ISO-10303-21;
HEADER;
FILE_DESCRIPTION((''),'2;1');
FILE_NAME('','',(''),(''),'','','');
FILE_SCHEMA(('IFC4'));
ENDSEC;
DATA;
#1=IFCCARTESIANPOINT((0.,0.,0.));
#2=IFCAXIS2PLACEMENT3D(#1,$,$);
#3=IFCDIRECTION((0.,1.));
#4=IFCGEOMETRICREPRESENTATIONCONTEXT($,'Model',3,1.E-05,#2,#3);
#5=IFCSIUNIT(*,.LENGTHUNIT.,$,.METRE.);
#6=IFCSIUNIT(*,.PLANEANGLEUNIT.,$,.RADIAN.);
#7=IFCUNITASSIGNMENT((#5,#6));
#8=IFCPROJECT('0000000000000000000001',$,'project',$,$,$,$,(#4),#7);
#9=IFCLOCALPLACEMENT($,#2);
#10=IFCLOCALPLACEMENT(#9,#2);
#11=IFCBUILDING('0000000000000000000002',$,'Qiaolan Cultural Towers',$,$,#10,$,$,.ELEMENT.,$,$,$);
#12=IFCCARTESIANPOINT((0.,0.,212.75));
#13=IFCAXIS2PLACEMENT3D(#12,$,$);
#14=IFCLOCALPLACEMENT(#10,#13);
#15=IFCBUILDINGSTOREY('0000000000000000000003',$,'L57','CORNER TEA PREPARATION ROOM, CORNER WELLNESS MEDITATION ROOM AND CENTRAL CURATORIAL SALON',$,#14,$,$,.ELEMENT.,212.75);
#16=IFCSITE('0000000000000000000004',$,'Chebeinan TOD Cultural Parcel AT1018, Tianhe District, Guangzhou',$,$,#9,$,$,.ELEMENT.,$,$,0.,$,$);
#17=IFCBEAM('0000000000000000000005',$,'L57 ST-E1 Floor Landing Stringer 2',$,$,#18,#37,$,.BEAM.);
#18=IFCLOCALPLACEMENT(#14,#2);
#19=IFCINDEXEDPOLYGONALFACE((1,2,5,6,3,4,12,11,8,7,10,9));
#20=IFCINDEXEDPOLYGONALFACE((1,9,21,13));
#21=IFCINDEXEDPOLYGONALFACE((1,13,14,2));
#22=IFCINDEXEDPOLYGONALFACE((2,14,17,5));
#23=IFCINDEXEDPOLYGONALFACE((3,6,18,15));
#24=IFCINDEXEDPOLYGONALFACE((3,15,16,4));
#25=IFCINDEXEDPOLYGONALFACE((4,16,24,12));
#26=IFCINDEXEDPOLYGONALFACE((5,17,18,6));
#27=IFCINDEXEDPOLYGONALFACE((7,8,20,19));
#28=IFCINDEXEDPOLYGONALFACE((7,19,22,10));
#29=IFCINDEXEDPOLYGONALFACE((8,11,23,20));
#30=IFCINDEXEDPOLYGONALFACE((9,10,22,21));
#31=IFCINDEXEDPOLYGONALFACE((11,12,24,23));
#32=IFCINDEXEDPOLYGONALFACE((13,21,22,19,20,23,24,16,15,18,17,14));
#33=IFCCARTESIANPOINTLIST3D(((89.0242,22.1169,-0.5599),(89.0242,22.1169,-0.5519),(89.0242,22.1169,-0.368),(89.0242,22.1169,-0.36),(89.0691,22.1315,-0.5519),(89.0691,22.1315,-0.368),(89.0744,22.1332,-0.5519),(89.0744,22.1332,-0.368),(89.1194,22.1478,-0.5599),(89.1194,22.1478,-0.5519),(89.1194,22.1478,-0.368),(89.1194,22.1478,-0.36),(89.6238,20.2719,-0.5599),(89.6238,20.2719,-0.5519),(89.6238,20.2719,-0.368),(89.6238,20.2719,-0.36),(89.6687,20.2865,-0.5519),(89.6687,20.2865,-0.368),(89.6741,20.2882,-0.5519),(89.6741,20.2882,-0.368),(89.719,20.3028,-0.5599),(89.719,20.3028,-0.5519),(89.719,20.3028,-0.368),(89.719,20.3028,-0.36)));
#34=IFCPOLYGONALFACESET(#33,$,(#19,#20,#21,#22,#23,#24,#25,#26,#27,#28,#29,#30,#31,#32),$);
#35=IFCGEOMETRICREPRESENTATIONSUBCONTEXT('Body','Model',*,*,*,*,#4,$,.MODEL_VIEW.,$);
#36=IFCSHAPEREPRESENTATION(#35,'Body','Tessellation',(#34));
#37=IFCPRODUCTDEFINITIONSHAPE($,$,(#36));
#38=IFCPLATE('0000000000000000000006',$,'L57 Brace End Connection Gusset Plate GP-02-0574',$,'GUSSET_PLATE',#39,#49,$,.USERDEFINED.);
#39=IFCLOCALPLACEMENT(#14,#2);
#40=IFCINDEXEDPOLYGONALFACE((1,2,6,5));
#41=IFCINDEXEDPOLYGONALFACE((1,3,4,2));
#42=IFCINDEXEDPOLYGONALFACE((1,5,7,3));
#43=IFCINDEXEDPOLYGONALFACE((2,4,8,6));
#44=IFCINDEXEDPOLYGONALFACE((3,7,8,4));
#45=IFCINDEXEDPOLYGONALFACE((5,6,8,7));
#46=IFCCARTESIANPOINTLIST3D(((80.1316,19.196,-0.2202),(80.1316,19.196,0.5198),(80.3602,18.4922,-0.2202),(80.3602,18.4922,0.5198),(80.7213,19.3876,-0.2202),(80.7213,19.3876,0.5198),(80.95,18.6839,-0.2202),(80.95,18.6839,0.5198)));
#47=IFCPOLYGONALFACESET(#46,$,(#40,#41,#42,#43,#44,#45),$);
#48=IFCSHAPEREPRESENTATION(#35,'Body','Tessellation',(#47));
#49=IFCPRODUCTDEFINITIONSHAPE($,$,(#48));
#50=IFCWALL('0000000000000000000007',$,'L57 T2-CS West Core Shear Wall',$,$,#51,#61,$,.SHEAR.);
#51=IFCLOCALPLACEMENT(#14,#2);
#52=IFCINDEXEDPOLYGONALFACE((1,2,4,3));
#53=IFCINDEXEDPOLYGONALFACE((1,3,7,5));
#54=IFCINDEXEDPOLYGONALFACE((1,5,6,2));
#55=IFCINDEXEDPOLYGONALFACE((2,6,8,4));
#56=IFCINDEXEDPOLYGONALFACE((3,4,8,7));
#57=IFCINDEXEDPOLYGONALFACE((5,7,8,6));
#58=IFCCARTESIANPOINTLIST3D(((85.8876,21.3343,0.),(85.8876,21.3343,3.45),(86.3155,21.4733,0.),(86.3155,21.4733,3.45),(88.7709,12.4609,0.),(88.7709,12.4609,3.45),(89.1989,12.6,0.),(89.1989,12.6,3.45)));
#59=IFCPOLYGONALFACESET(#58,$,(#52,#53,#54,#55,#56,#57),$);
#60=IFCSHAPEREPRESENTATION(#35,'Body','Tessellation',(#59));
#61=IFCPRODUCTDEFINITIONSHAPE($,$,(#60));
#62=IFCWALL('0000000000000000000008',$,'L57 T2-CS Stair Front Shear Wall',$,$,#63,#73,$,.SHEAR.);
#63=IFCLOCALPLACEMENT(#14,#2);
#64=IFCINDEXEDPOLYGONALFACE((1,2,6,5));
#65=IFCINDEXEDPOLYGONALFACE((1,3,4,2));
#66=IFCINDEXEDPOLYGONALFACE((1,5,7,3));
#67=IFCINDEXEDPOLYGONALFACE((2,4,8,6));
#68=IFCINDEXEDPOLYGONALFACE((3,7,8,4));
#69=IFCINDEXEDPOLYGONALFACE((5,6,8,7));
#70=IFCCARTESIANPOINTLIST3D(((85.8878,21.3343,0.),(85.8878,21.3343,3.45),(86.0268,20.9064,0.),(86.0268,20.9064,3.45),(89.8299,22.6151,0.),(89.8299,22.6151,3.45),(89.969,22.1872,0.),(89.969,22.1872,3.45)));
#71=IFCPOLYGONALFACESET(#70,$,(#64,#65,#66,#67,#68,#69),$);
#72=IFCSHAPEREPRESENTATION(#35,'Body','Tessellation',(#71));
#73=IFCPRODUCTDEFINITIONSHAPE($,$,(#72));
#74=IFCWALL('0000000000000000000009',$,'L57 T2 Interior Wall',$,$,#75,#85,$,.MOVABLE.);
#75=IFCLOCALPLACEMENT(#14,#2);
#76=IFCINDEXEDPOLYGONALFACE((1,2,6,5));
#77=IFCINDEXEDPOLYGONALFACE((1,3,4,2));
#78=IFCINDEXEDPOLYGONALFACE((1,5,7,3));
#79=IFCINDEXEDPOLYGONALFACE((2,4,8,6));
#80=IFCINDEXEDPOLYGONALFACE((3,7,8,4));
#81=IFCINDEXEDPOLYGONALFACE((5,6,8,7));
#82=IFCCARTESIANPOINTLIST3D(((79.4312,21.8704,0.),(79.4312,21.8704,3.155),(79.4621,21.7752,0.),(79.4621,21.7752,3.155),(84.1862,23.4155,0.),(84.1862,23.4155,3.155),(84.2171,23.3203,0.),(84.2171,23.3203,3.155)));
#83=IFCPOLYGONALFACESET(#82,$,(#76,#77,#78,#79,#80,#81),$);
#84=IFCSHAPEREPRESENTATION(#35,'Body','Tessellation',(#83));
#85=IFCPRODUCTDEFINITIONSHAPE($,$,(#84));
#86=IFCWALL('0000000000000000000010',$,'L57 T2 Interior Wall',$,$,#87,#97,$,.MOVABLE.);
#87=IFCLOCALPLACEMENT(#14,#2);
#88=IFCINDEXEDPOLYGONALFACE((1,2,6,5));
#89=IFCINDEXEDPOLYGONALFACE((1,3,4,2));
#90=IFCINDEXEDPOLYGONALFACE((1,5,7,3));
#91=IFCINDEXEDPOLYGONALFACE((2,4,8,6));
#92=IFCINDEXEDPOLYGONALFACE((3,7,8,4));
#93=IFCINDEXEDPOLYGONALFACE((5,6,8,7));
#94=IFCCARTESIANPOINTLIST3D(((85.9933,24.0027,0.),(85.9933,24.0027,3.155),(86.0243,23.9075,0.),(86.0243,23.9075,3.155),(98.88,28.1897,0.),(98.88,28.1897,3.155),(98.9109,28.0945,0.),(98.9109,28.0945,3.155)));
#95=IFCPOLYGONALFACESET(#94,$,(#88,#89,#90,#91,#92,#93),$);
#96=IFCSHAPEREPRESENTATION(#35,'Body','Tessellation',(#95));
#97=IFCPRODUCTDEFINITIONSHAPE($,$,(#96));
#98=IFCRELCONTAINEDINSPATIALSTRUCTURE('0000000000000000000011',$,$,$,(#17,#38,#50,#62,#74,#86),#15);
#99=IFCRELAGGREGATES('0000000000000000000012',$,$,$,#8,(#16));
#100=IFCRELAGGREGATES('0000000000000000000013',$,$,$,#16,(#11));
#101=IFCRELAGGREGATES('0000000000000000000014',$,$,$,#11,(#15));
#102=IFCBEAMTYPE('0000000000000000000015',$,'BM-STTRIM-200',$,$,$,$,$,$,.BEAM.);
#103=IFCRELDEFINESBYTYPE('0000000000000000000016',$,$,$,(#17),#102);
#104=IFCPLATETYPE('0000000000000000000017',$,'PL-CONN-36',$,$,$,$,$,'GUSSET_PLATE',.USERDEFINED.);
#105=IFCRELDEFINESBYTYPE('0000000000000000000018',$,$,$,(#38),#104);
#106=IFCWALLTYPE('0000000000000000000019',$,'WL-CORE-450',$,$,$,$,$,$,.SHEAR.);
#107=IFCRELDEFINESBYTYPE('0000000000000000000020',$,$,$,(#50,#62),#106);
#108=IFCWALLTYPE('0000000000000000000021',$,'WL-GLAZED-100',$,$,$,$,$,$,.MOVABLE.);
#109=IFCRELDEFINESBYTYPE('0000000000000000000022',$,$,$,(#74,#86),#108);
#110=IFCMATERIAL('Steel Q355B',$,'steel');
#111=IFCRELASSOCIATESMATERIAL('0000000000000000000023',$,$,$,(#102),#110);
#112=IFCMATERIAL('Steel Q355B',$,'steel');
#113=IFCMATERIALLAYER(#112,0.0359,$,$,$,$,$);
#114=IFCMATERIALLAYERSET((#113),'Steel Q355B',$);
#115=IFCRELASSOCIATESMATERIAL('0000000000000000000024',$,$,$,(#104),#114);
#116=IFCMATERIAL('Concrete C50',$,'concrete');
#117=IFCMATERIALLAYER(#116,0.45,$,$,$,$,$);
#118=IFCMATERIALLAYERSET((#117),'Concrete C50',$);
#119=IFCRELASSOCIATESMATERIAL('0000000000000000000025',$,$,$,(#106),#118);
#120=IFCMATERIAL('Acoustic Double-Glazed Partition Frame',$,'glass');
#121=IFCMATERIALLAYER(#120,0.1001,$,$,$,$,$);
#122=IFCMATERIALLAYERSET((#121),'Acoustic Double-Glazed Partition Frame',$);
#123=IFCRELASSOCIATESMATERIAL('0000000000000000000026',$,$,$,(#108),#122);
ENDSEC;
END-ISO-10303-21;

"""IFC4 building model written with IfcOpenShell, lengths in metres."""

from ifc_helpers import new_model, si_unit, direction, frame, frame_2d, origin, origin_2d, place, context, subcontext, project, spatial, rectangle, i_section, extrude, material, layer, layer_set, material_profile, profile_set, type_object, element, save


model = new_model("IFC4")

# Units and contexts
model_context = context("Model", 3, precision=1e-05, world=origin(), true_north=direction((0.0, 1.0)))
body_context = subcontext(model_context, "Body", "Model", "MODEL_VIEW")
ifc_project = project(units=[si_unit("LENGTHUNIT", "METRE"), si_unit("PLANEANGLEUNIT", "RADIAN")], contexts=[model_context])

# Site, building, storey
site_placement = place(None, origin())
site = spatial("IfcSite", under=ifc_project, at=site_placement, Name="Chebeinan TOD Cultural Parcel AT1018, Tianhe District, Guangzhou", CompositionType="ELEMENT", RefElevation=0.0)
building_placement = place(site_placement, origin())
building = spatial("IfcBuilding", under=site, at=building_placement, Name="Qiaolan Cultural Towers", CompositionType="ELEMENT")
storey_placement = place(building_placement, frame((0.0, 0.0, 212.75)))
storey = spatial("IfcBuildingStorey", under=building, at=storey_placement, Name="L57", Description="CORNER TEA PREPARATION ROOM, CORNER WELLNESS MEDITATION ROOM AND CENTRAL CURATORIAL SALON", CompositionType="ELEMENT", Elevation=212.75)

# Beam
ifc_material_1 = material(Name="Steel Q355B", Category="steel")
ifc_material_profile_1 = material_profile(ifc_material_1, i_section(OverallWidth=0.1001, OverallDepth=0.2, WebThickness=0.0056, FlangeThickness=0.0081, at=origin_2d()), Name="HN200x100x5.5x8")
ifc_profile_set_1 = profile_set([ifc_material_profile_1], Name="Steel Q355B")
beam_type_1 = type_object("IfcBeamType", Name="BM-STTRIM-200", PredefinedType="BEAM", material=ifc_profile_set_1)
for number, where, z_axis, x_axis, name in (
    (1, (89.0718, 22.1323, -0.46), (0.309083, -0.951035, 0.0), (0.951035, 0.309083, 0.0), "L57 ST-E1 Floor Landing Stringer 2"),
):
    element("IfcBeam", number, at=place(storey_placement, frame(where, z_axis=z_axis, x_axis=x_axis)), inside=storey, type_object=beam_type_1, Name=name, PredefinedType="BEAM", context=body_context, shape_type="SweptSolid", body=[
        extrude(i_section(OverallWidth=0.1001, OverallDepth=0.2, WebThickness=0.0056, FlangeThickness=0.0081, at=origin_2d()), origin(), (0.0, 0.0, 1.0), 1.9399),
    ])

# Plate
ifc_material_2 = material(Name="Steel Q355B", Category="steel")
ifc_layer_1 = layer(ifc_material_2, 0.0359)
ifc_layer_set_1 = layer_set([ifc_layer_1], Name="Steel Q355B")
plate_type = type_object("IfcPlateType", Name="PL-CONN-36", ElementType="GUSSET_PLATE", PredefinedType="USERDEFINED", material=ifc_layer_set_1)
plate_placement = place(storey_placement, frame((80.5408, 18.9399, -0.2202), z_axis=(0.0, 0.0, 1.0), x_axis=(-0.309017, 0.951057, 0.0)))
element("IfcPlate", 2, at=plate_placement, inside=storey, type_object=plate_type, Name="L57 Brace End Connection Gusset Plate GP-02-0574", ObjectType="GUSSET_PLATE", PredefinedType="USERDEFINED", context=body_context, shape_type="SweptSolid", body=[
    extrude(rectangle(XDim=0.74, YDim=0.6201, at=origin_2d()), origin(), (0.0, 0.0, 1.0), 0.74),
])

# Walls
ifc_material_3 = material(Name="Concrete C50", Category="concrete")
ifc_layer_2 = layer(ifc_material_3, 0.45)
ifc_layer_set_2 = layer_set([ifc_layer_2], Name="Concrete C50")
wall_type_1 = type_object("IfcWallType", Name="WL-CORE-450", PredefinedType="SHEAR", material=ifc_layer_set_2)
wall_1_placement = place(storey_placement, frame((86.1016, 21.4038, 0.0), z_axis=(0.0, 0.0, 1.0), x_axis=(0.309036, -0.95105, 0.0)))
element("IfcWall", 3, at=wall_1_placement, inside=storey, type_object=wall_type_1, Name="L57 T2-CS West Core Shear Wall", PredefinedType="SHEAR", context=body_context, shape_type="SweptSolid", body=[
    extrude(rectangle(XDim=9.3301, YDim=0.45, at=frame_2d((4.665, 0.0))), origin(), (0.0, 0.0, 1.0), 3.45),
])
wall_2_placement = place(storey_placement, frame((85.9573, 21.1204, 0.0), z_axis=(0.0, 0.0, 1.0), x_axis=(0.951065, 0.308992, 0.0)))
element("IfcWall", 4, at=wall_2_placement, inside=storey, type_object=wall_type_1, Name="L57 T2-CS Stair Front Shear Wall", PredefinedType="SHEAR", context=body_context, shape_type="SweptSolid", body=[
    extrude(rectangle(XDim=4.145, YDim=0.45, at=frame_2d((2.0725, 0.0))), origin(), (0.0, 0.0, 1.0), 3.45),
])
ifc_material_4 = material(Name="Acoustic Double-Glazed Partition Frame", Category="glass")
ifc_layer_3 = layer(ifc_material_4, 0.1001)
ifc_layer_set_3 = layer_set([ifc_layer_3], Name="Acoustic Double-Glazed Partition Frame")
wall_type_2 = type_object("IfcWallType", Name="WL-GLAZED-100", PredefinedType="MOVABLE", material=ifc_layer_set_3)
wall_3_placement = place(storey_placement, frame((79.4465, 21.8228, 0.0), z_axis=(0.0, 0.0, 1.0), x_axis=(0.951049, 0.309041, 0.0)))
element("IfcWall", 5, at=wall_3_placement, inside=storey, type_object=wall_type_2, Name="L57 T2 Interior Wall", PredefinedType="MOVABLE", context=body_context, shape_type="SweptSolid", body=[
    extrude(rectangle(XDim=4.9998, YDim=0.1001, at=frame_2d((2.5, 0.0))), origin(), (0.0, 0.0, 1.0), 3.155),
])
wall_4_placement = place(storey_placement, frame((86.0088, 23.9551, 0.0), z_axis=(0.0, 0.0, 1.0), x_axis=(0.951059, 0.309008, 0.0)))
element("IfcWall", 6, at=wall_4_placement, inside=storey, type_object=wall_type_2, Name="L57 T2 Interior Wall", PredefinedType="MOVABLE", context=body_context, shape_type="SweptSolid", body=[
    extrude(rectangle(XDim=13.5498, YDim=0.1001, at=frame_2d((6.7749, 0.0))), origin(), (0.0, 0.0, 1.0), 3.155),
])

save(model, "model.ifc")
